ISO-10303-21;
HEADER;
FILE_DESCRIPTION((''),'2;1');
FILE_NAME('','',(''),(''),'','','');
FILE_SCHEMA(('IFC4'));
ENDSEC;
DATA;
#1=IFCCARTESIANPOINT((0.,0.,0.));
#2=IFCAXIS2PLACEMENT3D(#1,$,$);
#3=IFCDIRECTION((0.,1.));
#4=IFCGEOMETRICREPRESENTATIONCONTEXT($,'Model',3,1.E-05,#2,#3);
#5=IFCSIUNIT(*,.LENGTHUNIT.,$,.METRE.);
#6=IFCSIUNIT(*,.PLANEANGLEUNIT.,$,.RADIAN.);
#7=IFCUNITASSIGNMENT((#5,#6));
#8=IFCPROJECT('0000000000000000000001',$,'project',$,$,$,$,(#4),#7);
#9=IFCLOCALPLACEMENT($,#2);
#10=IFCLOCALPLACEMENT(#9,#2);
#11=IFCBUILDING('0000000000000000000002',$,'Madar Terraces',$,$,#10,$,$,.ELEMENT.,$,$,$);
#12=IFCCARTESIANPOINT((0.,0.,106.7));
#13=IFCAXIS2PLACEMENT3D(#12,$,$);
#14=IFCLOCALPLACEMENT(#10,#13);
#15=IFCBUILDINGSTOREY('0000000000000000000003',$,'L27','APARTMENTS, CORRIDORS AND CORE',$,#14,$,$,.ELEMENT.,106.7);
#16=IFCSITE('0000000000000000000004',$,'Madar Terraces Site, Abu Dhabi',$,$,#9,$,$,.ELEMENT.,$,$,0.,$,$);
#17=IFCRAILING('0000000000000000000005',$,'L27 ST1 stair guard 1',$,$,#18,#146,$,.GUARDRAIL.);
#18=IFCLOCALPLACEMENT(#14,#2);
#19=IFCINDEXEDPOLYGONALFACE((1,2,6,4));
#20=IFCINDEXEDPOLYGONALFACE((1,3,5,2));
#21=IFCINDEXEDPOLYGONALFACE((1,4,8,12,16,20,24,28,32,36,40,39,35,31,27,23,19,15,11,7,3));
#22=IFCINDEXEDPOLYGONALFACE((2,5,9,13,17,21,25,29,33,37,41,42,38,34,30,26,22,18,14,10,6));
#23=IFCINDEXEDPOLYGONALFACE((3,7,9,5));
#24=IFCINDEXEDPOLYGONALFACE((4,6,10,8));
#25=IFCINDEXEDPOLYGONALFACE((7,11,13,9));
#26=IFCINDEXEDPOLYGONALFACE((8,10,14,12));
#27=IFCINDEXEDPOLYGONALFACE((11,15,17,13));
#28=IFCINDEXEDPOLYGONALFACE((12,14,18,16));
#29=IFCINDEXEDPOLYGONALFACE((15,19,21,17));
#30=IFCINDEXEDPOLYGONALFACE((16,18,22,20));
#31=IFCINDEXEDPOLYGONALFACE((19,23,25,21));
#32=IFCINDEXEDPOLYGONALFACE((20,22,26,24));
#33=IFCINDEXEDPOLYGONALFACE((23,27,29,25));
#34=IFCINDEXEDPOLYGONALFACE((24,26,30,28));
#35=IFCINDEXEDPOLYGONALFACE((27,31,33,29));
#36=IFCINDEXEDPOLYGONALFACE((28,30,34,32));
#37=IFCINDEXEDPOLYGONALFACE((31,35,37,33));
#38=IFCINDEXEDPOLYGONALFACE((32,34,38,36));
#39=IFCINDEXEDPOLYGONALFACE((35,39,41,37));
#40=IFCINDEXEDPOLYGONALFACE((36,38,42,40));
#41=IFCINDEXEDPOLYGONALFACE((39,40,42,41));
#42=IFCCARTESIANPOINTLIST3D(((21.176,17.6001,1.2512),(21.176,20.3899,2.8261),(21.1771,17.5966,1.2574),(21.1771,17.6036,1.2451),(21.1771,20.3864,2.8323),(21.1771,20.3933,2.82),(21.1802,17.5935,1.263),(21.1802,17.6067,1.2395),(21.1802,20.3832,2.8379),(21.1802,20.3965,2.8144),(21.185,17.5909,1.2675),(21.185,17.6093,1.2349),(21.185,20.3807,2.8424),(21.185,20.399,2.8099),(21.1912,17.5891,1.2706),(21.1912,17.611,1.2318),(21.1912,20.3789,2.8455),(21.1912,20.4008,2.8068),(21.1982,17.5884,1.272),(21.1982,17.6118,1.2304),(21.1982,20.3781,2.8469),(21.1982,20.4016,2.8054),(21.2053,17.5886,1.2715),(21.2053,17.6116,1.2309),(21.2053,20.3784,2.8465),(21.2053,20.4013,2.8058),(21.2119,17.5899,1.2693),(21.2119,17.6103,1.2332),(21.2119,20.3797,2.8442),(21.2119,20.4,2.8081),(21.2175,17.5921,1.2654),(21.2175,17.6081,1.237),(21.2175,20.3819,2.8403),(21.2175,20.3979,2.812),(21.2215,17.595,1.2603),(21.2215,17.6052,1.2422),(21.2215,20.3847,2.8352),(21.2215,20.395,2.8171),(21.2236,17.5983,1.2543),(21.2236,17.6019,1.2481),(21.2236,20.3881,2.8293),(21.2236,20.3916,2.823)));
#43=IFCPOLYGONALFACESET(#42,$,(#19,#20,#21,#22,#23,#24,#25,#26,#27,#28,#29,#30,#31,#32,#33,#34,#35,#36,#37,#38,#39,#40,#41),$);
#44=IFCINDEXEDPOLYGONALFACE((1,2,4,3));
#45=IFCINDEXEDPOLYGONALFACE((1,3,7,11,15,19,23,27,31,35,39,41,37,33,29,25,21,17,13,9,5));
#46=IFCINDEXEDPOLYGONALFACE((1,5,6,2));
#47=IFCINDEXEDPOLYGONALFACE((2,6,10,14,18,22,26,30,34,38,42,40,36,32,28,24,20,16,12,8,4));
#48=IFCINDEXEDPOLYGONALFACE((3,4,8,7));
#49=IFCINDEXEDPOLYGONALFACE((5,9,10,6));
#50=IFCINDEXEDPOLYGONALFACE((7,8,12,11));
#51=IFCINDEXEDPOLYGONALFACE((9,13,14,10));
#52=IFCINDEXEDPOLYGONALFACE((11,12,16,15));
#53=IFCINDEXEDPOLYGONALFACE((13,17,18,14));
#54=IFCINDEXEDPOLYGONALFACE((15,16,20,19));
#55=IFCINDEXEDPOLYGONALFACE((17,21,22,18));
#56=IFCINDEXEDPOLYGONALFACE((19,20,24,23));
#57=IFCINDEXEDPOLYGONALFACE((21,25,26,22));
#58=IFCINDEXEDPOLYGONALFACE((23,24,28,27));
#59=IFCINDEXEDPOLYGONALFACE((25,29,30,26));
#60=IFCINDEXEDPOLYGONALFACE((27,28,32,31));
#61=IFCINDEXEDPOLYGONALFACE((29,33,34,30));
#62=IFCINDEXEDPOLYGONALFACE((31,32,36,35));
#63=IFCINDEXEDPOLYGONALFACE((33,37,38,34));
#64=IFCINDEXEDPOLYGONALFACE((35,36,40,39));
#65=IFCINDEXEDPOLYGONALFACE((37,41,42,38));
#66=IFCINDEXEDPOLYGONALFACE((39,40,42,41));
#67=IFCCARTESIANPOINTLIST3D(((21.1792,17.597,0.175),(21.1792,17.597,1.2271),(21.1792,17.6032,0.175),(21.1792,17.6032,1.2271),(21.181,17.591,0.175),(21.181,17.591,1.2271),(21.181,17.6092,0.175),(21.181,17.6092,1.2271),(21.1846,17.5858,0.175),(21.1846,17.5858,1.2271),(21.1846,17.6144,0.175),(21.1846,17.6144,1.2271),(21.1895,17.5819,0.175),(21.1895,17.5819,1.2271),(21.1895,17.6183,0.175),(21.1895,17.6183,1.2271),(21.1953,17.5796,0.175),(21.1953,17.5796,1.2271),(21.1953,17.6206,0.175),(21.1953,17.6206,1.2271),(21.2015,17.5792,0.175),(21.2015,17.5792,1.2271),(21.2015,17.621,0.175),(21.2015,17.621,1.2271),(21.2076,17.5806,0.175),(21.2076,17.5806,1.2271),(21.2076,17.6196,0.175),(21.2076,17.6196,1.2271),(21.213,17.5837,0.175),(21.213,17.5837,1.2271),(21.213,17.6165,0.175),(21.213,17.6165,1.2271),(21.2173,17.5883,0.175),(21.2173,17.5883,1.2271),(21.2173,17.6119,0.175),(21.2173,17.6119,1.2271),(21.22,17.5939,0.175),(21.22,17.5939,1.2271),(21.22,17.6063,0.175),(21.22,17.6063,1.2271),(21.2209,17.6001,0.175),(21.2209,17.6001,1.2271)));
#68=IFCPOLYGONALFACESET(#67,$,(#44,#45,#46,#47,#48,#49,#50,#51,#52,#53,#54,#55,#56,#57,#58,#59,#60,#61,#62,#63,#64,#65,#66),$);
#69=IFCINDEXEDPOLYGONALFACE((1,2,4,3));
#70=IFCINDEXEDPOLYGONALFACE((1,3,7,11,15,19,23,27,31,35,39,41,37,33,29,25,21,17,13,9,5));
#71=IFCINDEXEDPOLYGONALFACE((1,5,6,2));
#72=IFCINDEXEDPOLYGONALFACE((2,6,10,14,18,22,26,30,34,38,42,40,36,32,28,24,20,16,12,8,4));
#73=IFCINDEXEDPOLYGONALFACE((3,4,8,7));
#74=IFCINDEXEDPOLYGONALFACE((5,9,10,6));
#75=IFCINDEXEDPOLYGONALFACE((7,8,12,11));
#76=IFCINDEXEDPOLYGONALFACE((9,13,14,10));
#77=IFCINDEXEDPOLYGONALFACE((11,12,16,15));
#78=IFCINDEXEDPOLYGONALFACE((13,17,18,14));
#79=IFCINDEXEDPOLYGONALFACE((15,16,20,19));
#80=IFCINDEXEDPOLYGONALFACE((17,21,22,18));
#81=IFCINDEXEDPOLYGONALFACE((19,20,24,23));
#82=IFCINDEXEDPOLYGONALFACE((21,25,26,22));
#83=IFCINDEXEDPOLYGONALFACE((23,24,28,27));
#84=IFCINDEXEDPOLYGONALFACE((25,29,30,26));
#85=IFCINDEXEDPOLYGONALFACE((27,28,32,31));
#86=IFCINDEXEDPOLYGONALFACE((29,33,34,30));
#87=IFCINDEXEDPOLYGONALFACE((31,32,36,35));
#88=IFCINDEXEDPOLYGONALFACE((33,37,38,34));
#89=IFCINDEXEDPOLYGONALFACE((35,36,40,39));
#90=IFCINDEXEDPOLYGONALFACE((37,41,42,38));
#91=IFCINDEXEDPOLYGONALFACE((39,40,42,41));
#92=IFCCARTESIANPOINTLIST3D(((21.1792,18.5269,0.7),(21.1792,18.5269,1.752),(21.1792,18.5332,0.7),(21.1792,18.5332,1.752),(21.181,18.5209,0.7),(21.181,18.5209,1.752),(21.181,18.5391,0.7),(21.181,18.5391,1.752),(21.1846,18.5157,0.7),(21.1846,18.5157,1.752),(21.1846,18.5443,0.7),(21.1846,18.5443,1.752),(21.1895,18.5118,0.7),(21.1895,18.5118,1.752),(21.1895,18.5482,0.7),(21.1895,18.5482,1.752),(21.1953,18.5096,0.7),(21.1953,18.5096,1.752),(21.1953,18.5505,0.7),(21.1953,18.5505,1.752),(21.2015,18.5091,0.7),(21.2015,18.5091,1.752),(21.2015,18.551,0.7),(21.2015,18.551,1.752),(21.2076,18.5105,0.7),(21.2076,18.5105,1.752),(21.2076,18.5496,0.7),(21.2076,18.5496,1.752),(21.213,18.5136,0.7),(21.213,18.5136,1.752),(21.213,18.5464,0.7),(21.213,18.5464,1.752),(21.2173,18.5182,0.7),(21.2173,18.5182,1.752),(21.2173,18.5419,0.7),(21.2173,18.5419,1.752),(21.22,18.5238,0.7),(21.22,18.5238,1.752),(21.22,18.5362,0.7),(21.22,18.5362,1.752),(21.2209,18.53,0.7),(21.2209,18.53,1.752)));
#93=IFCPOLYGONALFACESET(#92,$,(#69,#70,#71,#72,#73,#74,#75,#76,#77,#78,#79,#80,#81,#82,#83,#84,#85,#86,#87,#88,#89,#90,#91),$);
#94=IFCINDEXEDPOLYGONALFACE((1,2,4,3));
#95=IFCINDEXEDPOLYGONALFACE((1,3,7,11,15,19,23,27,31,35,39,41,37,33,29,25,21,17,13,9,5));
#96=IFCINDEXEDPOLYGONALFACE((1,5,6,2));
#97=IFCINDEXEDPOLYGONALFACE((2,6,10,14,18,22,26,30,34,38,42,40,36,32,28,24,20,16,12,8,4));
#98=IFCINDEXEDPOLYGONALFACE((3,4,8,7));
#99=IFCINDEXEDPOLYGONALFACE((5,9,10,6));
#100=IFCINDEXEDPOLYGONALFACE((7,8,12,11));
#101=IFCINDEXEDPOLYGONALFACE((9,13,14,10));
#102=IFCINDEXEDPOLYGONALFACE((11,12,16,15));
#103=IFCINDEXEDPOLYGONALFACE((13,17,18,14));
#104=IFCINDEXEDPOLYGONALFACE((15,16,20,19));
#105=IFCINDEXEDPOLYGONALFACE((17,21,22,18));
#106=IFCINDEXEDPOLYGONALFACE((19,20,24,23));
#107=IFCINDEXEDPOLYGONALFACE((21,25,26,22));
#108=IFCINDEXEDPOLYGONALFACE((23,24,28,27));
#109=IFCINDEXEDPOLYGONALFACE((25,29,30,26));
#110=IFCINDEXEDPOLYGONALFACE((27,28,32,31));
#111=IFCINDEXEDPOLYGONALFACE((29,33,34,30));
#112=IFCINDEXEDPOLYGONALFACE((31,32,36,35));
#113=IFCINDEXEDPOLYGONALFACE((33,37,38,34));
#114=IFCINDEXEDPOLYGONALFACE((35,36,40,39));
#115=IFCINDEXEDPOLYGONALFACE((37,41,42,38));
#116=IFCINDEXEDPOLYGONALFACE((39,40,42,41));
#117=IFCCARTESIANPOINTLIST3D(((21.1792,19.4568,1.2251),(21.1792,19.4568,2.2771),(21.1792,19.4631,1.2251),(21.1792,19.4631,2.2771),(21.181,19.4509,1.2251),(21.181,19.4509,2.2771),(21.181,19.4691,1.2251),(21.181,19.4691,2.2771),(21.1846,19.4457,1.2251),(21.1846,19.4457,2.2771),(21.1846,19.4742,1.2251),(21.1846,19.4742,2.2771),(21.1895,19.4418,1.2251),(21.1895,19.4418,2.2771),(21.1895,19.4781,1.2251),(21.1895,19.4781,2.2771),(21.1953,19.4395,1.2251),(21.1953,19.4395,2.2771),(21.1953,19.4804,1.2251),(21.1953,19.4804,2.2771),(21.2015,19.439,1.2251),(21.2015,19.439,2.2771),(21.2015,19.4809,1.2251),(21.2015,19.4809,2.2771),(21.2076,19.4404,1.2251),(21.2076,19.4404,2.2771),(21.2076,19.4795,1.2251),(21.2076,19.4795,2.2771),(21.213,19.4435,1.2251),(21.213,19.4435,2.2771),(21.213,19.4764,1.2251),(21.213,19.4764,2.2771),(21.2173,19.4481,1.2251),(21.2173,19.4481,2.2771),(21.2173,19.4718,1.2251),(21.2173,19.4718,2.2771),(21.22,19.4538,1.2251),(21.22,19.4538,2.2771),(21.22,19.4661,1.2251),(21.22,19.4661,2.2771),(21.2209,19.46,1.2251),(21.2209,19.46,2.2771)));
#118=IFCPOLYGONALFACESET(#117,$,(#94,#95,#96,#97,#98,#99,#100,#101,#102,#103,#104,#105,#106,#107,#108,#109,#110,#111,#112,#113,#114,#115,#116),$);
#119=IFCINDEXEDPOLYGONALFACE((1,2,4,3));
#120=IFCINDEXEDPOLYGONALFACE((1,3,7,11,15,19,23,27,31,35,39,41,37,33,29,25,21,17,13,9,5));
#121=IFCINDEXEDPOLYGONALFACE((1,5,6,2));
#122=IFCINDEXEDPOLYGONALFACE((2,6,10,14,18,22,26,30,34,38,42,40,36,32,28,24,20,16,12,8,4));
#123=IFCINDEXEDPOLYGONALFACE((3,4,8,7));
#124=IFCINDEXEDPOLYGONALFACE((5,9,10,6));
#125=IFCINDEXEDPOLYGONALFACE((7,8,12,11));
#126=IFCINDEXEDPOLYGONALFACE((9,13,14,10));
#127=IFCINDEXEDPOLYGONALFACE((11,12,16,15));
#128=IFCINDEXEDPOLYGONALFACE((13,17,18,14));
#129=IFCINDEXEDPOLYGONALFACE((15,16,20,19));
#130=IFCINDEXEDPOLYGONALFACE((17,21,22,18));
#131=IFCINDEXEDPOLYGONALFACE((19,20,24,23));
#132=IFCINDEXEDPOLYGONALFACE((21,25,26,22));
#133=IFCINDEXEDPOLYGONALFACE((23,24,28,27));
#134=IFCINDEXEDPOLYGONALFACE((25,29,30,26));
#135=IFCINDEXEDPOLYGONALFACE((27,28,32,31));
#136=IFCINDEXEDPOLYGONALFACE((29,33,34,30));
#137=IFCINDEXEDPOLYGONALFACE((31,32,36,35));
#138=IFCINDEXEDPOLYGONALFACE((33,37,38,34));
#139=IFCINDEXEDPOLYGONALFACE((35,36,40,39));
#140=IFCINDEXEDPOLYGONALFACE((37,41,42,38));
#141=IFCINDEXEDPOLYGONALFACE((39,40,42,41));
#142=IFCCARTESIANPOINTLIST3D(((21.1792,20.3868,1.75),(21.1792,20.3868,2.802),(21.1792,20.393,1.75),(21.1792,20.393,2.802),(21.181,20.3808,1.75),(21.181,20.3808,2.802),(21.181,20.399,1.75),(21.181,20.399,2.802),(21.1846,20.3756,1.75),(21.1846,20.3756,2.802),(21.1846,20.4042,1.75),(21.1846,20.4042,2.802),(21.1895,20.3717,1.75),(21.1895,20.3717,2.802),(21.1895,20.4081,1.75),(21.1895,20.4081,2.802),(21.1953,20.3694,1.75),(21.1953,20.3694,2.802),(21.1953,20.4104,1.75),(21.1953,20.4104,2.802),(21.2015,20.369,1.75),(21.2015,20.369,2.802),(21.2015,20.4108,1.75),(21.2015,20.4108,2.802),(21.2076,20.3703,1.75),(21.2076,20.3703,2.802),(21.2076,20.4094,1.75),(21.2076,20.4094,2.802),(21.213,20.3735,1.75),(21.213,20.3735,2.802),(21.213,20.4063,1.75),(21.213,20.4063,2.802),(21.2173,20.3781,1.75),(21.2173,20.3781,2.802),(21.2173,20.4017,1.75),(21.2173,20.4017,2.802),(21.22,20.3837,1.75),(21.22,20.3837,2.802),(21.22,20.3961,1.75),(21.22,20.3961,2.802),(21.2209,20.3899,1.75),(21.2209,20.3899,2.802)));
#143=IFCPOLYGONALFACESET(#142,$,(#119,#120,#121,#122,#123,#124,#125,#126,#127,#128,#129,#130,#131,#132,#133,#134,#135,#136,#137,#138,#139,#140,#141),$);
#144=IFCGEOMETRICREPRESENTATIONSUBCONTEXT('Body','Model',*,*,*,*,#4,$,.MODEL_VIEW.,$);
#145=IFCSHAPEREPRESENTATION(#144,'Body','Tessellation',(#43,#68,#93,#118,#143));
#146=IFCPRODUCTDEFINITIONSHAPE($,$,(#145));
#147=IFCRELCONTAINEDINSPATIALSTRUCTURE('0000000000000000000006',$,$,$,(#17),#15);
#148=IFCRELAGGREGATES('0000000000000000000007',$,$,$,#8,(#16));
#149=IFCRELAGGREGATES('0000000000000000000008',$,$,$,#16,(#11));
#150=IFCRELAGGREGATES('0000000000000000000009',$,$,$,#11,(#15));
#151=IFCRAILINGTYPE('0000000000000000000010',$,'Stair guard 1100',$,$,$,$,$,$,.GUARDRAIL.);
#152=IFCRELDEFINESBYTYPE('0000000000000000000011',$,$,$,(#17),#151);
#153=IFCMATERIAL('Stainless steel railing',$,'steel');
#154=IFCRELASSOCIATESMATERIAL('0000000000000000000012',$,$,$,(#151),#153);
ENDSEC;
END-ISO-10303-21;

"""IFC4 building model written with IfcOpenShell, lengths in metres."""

from ifc_helpers import new_model, si_unit, direction, frame, origin, origin_2d, place, context, subcontext, project, spatial, circle, extrude, material, type_object, element, save


model = new_model("IFC4")

# Units and contexts
model_context = context("Model", 3, precision=1e-05, world=origin(), true_north=direction((0.0, 1.0)))
body_context = subcontext(model_context, "Body", "Model", "MODEL_VIEW")
ifc_project = project(units=[si_unit("LENGTHUNIT", "METRE"), si_unit("PLANEANGLEUNIT", "RADIAN")], contexts=[model_context])

# Site, building, storey
site_placement = place(None, origin())
site = spatial("IfcSite", under=ifc_project, at=site_placement, Name="Madar Terraces Site, Abu Dhabi", CompositionType="ELEMENT", RefElevation=0.0)
building_placement = place(site_placement, origin())
building = spatial("IfcBuilding", under=site, at=building_placement, Name="Madar Terraces", CompositionType="ELEMENT")
storey_placement = place(building_placement, frame((0.0, 0.0, 106.7)))
storey = spatial("IfcBuildingStorey", under=building, at=storey_placement, Name="L27", Description="APARTMENTS, CORRIDORS AND CORE", CompositionType="ELEMENT", Elevation=106.7)

# Railing
ifc_material_1 = material(Name="Stainless steel railing", Category="steel")
railing_type_1 = type_object("IfcRailingType", Name="Stair guard 1100", PredefinedType="GUARDRAIL", material=ifc_material_1)
railing_1_placement = place(storey_placement, frame((21.2, 17.6001, 0.175)))
element("IfcRailing", 1, at=railing_1_placement, inside=storey, type_object=railing_type_1, Name="L27 ST1 stair guard 1", PredefinedType="GUARDRAIL", context=body_context, shape_type="SweptSolid", body=[
    extrude(circle(Radius=0.0239, at=origin_2d()), frame((0.0, 0.0, 1.0762), z_axis=(0.0, 0.870815, 0.49161), x_axis=(-1.0, 0.0, 0.0)), (0.0, 0.0, 1.0), 3.2036),
    extrude(circle(Radius=0.021, at=origin_2d()), origin(), (0.0, 0.0, 1.0), 1.052),
    extrude(circle(Radius=0.021, at=origin_2d()), frame((0.0, 0.9299, 0.5249)), (0.0, 0.0, 1.0), 1.052),
    extrude(circle(Radius=0.021, at=origin_2d()), frame((0.0, 1.8599, 1.05)), (0.0, 0.0, 1.0), 1.052),
    extrude(circle(Radius=0.021, at=origin_2d()), frame((0.0, 2.7898, 1.575)), (0.0, 0.0, 1.0), 1.052),
])

save(model, "model.ifc")
